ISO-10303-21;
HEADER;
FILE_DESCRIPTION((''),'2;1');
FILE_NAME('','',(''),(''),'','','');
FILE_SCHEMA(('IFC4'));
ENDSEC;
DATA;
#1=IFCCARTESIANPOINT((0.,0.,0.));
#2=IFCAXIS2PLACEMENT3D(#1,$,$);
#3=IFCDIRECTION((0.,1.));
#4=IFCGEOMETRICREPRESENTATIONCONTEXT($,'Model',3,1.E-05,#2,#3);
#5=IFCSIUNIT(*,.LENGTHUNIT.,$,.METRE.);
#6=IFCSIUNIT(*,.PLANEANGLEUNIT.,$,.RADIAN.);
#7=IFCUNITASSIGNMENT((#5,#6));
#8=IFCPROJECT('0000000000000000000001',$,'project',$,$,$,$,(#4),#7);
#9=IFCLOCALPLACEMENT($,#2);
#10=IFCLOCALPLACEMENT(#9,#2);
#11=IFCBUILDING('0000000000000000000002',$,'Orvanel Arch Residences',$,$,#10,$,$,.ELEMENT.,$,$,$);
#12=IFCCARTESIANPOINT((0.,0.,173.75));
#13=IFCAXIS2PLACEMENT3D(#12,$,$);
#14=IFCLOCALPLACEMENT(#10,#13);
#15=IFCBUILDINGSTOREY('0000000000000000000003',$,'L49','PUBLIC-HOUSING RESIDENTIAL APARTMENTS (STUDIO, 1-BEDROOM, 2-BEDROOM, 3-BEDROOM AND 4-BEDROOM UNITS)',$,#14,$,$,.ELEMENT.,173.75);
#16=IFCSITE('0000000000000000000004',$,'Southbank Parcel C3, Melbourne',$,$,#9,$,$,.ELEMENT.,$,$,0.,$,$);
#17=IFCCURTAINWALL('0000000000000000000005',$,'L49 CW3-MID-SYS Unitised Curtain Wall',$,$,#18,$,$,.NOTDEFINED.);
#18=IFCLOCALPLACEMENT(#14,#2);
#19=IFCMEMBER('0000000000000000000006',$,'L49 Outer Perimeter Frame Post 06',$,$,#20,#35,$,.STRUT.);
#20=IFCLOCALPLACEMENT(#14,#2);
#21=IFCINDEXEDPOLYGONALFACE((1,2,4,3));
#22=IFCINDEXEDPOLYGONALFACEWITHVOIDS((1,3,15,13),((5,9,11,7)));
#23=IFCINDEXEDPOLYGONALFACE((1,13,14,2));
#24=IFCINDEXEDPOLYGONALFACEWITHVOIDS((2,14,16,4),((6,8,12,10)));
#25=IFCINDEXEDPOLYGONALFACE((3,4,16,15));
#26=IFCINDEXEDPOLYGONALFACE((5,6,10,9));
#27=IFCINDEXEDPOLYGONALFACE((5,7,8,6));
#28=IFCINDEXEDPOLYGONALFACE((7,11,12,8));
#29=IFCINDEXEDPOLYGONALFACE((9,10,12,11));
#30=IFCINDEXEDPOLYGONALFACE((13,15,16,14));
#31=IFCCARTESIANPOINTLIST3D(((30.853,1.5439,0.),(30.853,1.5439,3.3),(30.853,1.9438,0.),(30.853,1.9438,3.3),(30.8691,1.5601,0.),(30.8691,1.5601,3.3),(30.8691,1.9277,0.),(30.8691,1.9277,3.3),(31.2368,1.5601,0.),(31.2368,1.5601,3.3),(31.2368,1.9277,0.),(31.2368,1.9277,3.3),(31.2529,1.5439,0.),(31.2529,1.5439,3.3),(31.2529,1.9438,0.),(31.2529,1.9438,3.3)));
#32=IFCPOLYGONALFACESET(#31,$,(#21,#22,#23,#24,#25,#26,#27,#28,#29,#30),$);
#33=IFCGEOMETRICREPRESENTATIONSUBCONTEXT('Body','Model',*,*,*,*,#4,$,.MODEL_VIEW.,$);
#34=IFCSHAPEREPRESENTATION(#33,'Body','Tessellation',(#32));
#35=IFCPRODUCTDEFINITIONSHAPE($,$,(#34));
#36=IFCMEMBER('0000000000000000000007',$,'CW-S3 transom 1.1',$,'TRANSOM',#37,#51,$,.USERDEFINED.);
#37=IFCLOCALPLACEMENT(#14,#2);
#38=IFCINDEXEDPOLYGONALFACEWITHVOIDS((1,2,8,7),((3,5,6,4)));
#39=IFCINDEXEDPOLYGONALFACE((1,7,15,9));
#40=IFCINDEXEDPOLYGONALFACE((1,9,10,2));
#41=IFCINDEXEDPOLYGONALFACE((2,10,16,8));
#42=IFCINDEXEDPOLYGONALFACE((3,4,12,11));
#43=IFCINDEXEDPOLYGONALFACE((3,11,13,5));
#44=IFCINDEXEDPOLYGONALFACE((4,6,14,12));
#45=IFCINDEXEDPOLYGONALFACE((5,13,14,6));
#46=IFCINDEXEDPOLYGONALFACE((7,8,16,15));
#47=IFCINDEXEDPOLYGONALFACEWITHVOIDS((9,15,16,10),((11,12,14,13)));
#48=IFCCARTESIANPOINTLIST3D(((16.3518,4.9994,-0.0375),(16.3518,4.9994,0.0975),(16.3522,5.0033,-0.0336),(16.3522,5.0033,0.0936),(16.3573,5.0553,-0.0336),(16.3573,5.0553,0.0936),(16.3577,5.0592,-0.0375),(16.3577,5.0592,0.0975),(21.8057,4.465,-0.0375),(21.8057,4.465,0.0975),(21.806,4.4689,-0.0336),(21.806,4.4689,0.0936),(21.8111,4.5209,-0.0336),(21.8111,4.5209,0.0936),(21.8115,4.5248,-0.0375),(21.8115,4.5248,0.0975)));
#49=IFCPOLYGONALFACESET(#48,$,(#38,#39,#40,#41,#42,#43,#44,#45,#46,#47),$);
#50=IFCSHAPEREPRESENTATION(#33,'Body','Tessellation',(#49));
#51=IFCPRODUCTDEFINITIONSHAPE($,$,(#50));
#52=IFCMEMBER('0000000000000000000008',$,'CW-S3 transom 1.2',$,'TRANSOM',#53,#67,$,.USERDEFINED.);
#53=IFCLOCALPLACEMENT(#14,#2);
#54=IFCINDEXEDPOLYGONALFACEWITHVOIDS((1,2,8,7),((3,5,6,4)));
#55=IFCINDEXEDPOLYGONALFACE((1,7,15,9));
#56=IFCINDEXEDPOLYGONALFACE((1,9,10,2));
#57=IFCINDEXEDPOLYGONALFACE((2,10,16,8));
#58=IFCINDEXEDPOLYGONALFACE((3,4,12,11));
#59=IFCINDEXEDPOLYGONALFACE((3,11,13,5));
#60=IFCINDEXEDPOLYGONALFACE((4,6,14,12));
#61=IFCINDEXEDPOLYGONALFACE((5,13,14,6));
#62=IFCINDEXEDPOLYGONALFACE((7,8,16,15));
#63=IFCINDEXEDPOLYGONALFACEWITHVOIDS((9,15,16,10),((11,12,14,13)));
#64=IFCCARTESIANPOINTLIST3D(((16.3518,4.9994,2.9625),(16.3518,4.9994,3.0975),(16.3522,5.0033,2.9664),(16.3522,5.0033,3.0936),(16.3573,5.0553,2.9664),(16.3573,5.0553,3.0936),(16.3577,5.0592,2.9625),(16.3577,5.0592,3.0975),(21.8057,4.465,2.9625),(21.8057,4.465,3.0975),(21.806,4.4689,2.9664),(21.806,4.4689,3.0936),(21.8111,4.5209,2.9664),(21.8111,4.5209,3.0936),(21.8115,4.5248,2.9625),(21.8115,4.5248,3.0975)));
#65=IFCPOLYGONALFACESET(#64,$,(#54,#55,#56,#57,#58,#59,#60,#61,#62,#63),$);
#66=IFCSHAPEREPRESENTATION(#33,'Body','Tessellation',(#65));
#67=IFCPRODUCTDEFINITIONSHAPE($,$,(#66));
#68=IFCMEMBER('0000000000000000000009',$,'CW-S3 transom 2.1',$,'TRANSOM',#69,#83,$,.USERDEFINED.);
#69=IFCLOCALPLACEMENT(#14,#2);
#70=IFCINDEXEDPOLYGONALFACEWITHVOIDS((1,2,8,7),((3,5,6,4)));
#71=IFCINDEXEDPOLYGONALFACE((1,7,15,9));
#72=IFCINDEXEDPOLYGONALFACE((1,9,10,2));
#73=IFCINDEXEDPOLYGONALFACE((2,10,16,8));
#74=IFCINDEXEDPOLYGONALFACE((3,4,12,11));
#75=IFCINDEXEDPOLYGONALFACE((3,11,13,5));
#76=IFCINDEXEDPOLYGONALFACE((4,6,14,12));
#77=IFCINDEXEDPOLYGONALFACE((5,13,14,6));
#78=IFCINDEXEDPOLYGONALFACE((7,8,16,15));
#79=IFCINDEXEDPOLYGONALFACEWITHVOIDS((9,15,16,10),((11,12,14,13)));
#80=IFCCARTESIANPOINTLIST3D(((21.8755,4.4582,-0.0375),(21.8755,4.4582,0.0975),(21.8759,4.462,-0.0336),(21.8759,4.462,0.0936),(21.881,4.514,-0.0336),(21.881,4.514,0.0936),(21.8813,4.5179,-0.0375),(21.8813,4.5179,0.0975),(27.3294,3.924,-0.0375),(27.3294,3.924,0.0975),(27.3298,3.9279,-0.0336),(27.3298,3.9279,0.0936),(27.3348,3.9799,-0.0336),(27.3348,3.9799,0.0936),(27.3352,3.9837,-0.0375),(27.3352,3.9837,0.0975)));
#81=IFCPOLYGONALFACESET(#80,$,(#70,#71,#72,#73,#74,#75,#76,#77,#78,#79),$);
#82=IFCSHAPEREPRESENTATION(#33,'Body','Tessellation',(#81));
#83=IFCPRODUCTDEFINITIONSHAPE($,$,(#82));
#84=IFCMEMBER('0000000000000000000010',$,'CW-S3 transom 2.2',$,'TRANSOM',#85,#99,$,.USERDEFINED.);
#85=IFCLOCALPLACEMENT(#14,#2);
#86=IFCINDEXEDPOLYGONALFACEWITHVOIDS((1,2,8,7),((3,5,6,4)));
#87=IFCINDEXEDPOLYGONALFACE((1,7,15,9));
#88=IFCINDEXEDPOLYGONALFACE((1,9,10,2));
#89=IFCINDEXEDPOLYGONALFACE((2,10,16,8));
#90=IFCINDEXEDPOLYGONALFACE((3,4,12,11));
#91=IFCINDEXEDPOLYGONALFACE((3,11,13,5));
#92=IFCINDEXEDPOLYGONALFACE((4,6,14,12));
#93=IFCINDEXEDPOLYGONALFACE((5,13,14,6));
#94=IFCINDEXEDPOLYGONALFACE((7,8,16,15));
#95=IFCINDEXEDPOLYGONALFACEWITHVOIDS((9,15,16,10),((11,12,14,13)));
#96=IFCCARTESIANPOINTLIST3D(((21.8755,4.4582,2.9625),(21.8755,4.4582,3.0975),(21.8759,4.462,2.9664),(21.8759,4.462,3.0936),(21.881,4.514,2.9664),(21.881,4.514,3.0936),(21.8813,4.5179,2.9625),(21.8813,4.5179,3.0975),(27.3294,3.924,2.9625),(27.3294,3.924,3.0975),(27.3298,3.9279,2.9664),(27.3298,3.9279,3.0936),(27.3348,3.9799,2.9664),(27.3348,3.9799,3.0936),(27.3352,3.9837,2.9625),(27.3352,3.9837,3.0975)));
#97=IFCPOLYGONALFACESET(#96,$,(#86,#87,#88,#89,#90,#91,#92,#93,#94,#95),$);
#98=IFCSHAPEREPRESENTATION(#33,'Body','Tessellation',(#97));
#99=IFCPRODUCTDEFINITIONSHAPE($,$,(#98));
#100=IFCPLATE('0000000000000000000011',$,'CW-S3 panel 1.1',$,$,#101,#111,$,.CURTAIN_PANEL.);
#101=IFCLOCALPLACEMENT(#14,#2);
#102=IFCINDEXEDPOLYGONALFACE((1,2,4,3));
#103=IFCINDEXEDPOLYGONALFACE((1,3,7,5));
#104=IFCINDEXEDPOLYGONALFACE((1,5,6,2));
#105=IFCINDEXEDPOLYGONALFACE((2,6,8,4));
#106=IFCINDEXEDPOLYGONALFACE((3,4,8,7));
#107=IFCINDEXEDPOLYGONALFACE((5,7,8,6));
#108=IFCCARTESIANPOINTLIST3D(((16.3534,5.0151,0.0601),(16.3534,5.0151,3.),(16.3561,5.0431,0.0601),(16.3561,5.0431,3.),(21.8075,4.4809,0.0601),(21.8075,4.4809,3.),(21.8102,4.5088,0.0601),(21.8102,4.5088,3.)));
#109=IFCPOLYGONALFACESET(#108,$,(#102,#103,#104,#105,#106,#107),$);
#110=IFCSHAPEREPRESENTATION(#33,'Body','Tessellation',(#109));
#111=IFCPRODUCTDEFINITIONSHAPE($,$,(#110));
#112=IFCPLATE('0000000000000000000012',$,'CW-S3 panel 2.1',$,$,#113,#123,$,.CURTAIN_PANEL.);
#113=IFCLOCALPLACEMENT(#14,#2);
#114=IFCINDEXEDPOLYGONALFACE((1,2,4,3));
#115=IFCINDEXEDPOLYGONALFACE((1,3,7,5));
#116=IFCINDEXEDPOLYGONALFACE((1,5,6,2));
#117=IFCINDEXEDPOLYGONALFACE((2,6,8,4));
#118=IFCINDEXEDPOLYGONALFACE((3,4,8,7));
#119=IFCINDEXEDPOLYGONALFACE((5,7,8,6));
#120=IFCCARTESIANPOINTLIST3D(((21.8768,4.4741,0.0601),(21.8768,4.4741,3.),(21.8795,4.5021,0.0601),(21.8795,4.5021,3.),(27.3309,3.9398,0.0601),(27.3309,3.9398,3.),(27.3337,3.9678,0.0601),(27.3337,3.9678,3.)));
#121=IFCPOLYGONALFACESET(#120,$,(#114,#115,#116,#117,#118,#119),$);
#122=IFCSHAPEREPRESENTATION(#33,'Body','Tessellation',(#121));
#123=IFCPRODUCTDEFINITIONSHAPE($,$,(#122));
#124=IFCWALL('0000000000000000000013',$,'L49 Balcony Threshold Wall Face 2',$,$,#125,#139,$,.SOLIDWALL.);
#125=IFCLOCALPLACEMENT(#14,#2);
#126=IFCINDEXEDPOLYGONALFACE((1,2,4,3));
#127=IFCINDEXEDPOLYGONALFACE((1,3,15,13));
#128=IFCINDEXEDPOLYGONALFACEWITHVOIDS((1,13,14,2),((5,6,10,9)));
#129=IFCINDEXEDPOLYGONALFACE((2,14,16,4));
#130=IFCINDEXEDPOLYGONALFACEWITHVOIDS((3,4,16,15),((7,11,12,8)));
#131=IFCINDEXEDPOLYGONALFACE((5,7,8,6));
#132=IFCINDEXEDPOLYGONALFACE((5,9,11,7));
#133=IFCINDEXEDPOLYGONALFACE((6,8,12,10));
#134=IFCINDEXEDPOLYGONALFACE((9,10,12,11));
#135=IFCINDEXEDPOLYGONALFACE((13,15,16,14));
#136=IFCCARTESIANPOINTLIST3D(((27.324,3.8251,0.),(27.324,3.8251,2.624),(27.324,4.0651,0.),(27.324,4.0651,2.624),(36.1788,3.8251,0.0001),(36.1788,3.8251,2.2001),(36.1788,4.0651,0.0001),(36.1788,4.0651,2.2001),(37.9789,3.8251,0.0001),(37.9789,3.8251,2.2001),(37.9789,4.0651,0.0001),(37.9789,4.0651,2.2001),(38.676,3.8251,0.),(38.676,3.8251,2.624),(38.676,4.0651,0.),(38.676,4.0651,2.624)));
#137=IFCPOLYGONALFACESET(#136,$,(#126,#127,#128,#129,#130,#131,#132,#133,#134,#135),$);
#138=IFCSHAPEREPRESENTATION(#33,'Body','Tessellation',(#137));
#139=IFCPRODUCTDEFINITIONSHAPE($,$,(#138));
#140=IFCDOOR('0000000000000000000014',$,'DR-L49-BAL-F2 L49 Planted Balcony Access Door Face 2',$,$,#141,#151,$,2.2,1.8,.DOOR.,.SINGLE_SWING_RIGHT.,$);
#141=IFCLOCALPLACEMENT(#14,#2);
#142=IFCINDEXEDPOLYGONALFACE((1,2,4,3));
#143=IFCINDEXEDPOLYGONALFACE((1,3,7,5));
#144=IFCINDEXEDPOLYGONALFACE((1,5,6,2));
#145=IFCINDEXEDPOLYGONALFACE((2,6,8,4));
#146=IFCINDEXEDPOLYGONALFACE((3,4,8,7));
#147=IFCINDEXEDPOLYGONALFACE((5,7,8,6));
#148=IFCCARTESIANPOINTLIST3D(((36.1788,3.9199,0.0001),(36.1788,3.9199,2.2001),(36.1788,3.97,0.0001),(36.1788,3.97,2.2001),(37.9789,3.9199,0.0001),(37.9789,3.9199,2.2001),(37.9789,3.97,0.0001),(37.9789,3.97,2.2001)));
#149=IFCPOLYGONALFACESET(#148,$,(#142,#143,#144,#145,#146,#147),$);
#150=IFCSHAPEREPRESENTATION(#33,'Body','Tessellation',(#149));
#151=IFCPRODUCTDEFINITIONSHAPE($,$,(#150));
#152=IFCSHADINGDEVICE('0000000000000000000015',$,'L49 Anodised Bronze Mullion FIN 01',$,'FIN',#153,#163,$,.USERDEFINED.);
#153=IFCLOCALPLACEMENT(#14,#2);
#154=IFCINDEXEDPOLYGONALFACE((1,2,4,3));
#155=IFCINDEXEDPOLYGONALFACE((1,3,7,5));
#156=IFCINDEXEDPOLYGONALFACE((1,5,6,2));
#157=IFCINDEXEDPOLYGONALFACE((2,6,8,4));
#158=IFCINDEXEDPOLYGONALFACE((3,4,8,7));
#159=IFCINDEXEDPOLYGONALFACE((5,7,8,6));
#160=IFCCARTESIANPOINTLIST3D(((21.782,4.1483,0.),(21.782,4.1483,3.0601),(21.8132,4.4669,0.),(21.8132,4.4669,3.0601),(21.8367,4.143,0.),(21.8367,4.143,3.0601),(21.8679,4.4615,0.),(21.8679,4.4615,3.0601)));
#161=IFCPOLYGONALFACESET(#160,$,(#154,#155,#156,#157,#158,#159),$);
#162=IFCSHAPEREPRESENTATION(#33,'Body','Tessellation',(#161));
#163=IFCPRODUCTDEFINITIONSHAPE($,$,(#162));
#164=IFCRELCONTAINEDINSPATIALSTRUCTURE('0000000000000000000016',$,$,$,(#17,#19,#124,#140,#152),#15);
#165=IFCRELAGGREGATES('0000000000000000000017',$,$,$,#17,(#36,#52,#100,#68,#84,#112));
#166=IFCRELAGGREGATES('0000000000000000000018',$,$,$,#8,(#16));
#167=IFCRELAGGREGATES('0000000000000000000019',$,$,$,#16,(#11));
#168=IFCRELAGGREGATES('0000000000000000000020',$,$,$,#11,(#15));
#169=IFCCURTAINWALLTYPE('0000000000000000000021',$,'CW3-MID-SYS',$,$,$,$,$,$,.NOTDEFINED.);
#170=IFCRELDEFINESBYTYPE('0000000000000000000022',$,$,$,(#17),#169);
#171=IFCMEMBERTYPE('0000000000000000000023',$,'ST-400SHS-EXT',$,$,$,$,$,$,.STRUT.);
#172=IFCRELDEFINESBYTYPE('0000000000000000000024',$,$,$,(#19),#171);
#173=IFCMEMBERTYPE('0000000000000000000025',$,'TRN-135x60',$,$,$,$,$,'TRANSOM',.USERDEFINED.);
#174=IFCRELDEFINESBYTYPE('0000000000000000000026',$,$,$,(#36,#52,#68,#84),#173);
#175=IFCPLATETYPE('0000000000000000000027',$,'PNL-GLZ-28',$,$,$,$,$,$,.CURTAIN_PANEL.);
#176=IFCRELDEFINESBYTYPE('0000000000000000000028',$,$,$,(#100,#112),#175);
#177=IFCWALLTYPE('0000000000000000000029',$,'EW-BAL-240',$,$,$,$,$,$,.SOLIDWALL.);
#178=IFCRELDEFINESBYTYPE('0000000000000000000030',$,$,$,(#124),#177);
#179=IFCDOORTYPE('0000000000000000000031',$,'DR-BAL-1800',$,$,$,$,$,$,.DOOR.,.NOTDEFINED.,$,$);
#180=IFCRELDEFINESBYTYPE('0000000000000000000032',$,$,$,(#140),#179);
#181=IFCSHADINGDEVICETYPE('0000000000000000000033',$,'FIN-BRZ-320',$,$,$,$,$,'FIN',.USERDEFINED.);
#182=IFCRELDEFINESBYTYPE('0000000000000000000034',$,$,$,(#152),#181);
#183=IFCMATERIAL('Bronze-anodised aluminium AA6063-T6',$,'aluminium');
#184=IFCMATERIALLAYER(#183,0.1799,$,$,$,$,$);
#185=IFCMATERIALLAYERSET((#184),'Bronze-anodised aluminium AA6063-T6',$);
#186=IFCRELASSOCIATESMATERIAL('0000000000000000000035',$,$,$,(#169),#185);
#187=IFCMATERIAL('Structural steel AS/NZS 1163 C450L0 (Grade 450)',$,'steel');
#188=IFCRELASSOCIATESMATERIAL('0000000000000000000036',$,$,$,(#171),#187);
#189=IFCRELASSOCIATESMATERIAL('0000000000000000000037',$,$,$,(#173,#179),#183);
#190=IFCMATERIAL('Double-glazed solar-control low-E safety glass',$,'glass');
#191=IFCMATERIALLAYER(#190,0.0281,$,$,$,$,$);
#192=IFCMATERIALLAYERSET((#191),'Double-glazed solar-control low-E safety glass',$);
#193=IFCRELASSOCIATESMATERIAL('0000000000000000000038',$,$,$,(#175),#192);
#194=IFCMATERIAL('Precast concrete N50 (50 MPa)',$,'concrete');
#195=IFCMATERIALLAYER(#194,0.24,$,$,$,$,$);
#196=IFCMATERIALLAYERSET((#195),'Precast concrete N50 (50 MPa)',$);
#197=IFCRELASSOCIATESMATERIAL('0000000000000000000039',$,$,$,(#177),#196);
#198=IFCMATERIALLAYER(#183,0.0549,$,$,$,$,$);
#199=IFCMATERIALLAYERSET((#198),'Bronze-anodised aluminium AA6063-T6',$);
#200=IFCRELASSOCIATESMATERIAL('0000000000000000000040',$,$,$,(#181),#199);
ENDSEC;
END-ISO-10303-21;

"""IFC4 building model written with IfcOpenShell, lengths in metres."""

from ifc_helpers import new_model, si_unit, direction, frame, frame_2d, origin, origin_2d, place, context, subcontext, project, spatial, rectangle, hollow_rectangle, extrude, material, layer, layer_set, material_profile, profile_set, type_object, element, fill, aggregate, save


model = new_model("IFC4")

# Units and contexts
model_context = context("Model", 3, precision=1e-05, world=origin(), true_north=direction((0.0, 1.0)))
body_context = subcontext(model_context, "Body", "Model", "MODEL_VIEW")
ifc_project = project(units=[si_unit("LENGTHUNIT", "METRE"), si_unit("PLANEANGLEUNIT", "RADIAN")], contexts=[model_context])

# Site, building, storey
site_placement = place(None, origin())
site = spatial("IfcSite", under=ifc_project, at=site_placement, Name="Southbank Parcel C3, Melbourne", CompositionType="ELEMENT", RefElevation=0.0)
building_placement = place(site_placement, origin())
building = spatial("IfcBuilding", under=site, at=building_placement, Name="Orvanel Arch Residences", CompositionType="ELEMENT")
storey_placement = place(building_placement, frame((0.0, 0.0, 173.75)))
storey = spatial("IfcBuildingStorey", under=building, at=storey_placement, Name="L49", Description="PUBLIC-HOUSING RESIDENTIAL APARTMENTS (STUDIO, 1-BEDROOM, 2-BEDROOM, 3-BEDROOM AND 4-BEDROOM UNITS)", CompositionType="ELEMENT", Elevation=173.75)

# Shared definitions
ifc_material_1 = material(Name="Bronze-anodised aluminium AA6063-T6", Category="aluminium")

# Curtain wall
ifc_layer_1 = layer(ifc_material_1, 0.1799)
ifc_layer_set_1 = layer_set([ifc_layer_1], Name="Bronze-anodised aluminium AA6063-T6")
curtain_wall_type_1 = type_object("IfcCurtainWallType", Name="CW3-MID-SYS", PredefinedType="NOTDEFINED", material=ifc_layer_set_1)
curtain_wall_1_placement = place(storey_placement, origin())
curtain_wall_1 = element("IfcCurtainWall", 1, at=curtain_wall_1_placement, inside=storey, type_object=curtain_wall_type_1, Name="L49 CW3-MID-SYS Unitised Curtain Wall", PredefinedType="NOTDEFINED")

# Member
ifc_material_2 = material(Name="Structural steel AS/NZS 1163 C450L0 (Grade 450)", Category="steel")
ifc_material_profile_1 = material_profile(ifc_material_2, hollow_rectangle(XDim=0.3999, YDim=0.3999, WallThickness=0.0161, at=origin_2d()), Name="SHS400x400x16")
ifc_profile_set_1 = profile_set([ifc_material_profile_1], Name="Structural steel AS/NZS 1163 C450L0 (Grade 450)")
member_type_1 = type_object("IfcMemberType", Name="ST-400SHS-EXT", PredefinedType="STRUT", material=ifc_profile_set_1)
for number, where, z_axis, x_axis, name in (
    (2, (31.053, 1.7439, 0.0), (0.0, 0.0, 1.0), (1.0, 0.0, 0.0), "L49 Outer Perimeter Frame Post 06"),
):
    element("IfcMember", number, at=place(storey_placement, frame(where, z_axis=z_axis, x_axis=x_axis)), inside=storey, type_object=member_type_1, Name=name, PredefinedType="STRUT", context=body_context, shape_type="SweptSolid", body=[
        extrude(hollow_rectangle(XDim=0.3999, YDim=0.3999, WallThickness=0.0161, at=origin_2d()), origin(), (0.0, 0.0, 1.0), 3.3),
    ])

# Members
ifc_material_profile_2 = material_profile(ifc_material_1, hollow_rectangle(XDim=0.0601, YDim=0.135, WallThickness=0.0039, at=origin_2d()), Name="ALU135x60x4")
ifc_profile_set_2 = profile_set([ifc_material_profile_2], Name="Bronze-anodised aluminium AA6063-T6")
member_type_2 = type_object("IfcMemberType", Name="TRN-135x60", ElementType="TRANSOM", PredefinedType="USERDEFINED", material=ifc_profile_set_2)
member_1_placement = place(storey_placement, frame((16.3547, 5.0293, 0.03), z_axis=(0.995233, -0.097523, 0.0), x_axis=(0.097523, 0.995233, 0.0)))
member_1 = element("IfcMember", 3, at=member_1_placement, type_object=member_type_2, Name="CW-S3 transom 1.1", ObjectType="TRANSOM", PredefinedType="USERDEFINED", context=body_context, shape_type="SweptSolid", body=[
    extrude(hollow_rectangle(XDim=0.0601, YDim=0.135, WallThickness=0.0039, at=origin_2d()), origin(), (0.0, 0.0, 1.0), 5.48),
])
member_2_placement = place(storey_placement, frame((16.3547, 5.0293, 3.03), z_axis=(0.995233, -0.097523, 0.0), x_axis=(0.097523, 0.995233, 0.0)))
member_2 = element("IfcMember", 4, at=member_2_placement, type_object=member_type_2, Name="CW-S3 transom 1.2", ObjectType="TRANSOM", PredefinedType="USERDEFINED", context=body_context, shape_type="SweptSolid", body=[
    extrude(hollow_rectangle(XDim=0.0601, YDim=0.135, WallThickness=0.0039, at=origin_2d()), origin(), (0.0, 0.0, 1.0), 5.48),
])
member_3_placement = place(storey_placement, frame((21.8784, 4.488, 0.03), z_axis=(0.995238, -0.097479, 0.0), x_axis=(0.097479, 0.995238, 0.0)))
member_3 = element("IfcMember", 5, at=member_3_placement, type_object=member_type_2, Name="CW-S3 transom 2.1", ObjectType="TRANSOM", PredefinedType="USERDEFINED", context=body_context, shape_type="SweptSolid", body=[
    extrude(hollow_rectangle(XDim=0.0601, YDim=0.135, WallThickness=0.0039, at=origin_2d()), origin(), (0.0, 0.0, 1.0), 5.48),
])
member_4_placement = place(storey_placement, frame((21.8784, 4.488, 3.03), z_axis=(0.995238, -0.097479, 0.0), x_axis=(0.097479, 0.995238, 0.0)))
member_4 = element("IfcMember", 6, at=member_4_placement, type_object=member_type_2, Name="CW-S3 transom 2.2", ObjectType="TRANSOM", PredefinedType="USERDEFINED", context=body_context, shape_type="SweptSolid", body=[
    extrude(hollow_rectangle(XDim=0.0601, YDim=0.135, WallThickness=0.0039, at=origin_2d()), origin(), (0.0, 0.0, 1.0), 5.48),
])

# Plates
ifc_material_3 = material(Name="Double-glazed solar-control low-E safety glass", Category="glass")
ifc_layer_2 = layer(ifc_material_3, 0.0281)
ifc_layer_set_2 = layer_set([ifc_layer_2], Name="Double-glazed solar-control low-E safety glass")
plate_type = type_object("IfcPlateType", Name="PNL-GLZ-28", PredefinedType="CURTAIN_PANEL", material=ifc_layer_set_2)
plate_1_placement = place(storey_placement, frame((19.0818, 4.762, 0.0601), z_axis=(0.0, 0.0, 1.0), x_axis=(0.995236, -0.097491, 0.0)))
plate_1 = element("IfcPlate", 7, at=plate_1_placement, type_object=plate_type, Name="CW-S3 panel 1.1", PredefinedType="CURTAIN_PANEL", context=body_context, shape_type="SweptSolid", body=[
    extrude(rectangle(XDim=5.4802, YDim=0.0281, at=origin_2d()), origin(), (0.0, 0.0, 1.0), 2.9399),
])
plate_2_placement = place(storey_placement, frame((24.6052, 4.2209, 0.0601), z_axis=(0.0, 0.0, 1.0), x_axis=(0.995236, -0.097491, 0.0)))
plate_2 = element("IfcPlate", 8, at=plate_2_placement, type_object=plate_type, Name="CW-S3 panel 2.1", PredefinedType="CURTAIN_PANEL", context=body_context, shape_type="SweptSolid", body=[
    extrude(rectangle(XDim=5.4802, YDim=0.0281, at=origin_2d()), origin(), (0.0, 0.0, 1.0), 2.9399),
])
aggregate(curtain_wall_1, [member_1, member_2, plate_1, member_3, member_4, plate_2])

# Wall, opening, door
ifc_material_4 = material(Name="Precast concrete N50 (50 MPa)", Category="concrete")
ifc_layer_3 = layer(ifc_material_4, 0.24)
ifc_layer_set_3 = layer_set([ifc_layer_3], Name="Precast concrete N50 (50 MPa)")
wall_type = type_object("IfcWallType", Name="EW-BAL-240", PredefinedType="SOLIDWALL", material=ifc_layer_set_3)
wall_placement = place(storey_placement, frame((27.324, 3.9451, 0.0), z_axis=(0.0, 0.0, 1.0), x_axis=(1.0, 0.0, 0.0)))
wall = element("IfcWall", 9, at=wall_placement, inside=storey, type_object=wall_type, Name="L49 Balcony Threshold Wall Face 2", PredefinedType="SOLIDWALL", context=body_context, shape_type="SweptSolid", body=[
    extrude(rectangle(XDim=11.3521, YDim=0.24, at=frame_2d((5.676, 0.0))), origin(), (0.0, 0.0, 1.0), 2.624),
])
opening_placement = place(wall_placement, frame((8.855, 0.0, 0.0)))
opening = element("IfcOpeningElement", 10, at=opening_placement, cuts=wall, PredefinedType="OPENING", context=body_context, shape_type="SweptSolid", body=[
    extrude(rectangle(XDim=1.8, YDim=2.2, at=frame_2d((0.8999, 1.1001))), frame((0.0, 0.1299, 0.0), z_axis=(0.0, -1.0, 0.0), x_axis=(1.0, 0.0, 0.0)), (0.0, 0.0, 1.0), 0.26),
])
door_type = type_object("IfcDoorType", Name="DR-BAL-1800", OperationType="NOTDEFINED", PredefinedType="DOOR", material=ifc_material_1)
door_placement = place(opening_placement, origin())
door = element("IfcDoor", 11, at=door_placement, inside=storey, type_object=door_type, Name="DR-L49-BAL-F2 L49 Planted Balcony Access Door Face 2", OperationType="SINGLE_SWING_RIGHT", OverallHeight=2.2, OverallWidth=1.8, PredefinedType="DOOR", context=body_context, shape_type="SweptSolid", body=[
    extrude(rectangle(XDim=1.8, YDim=2.2, at=frame_2d((0.8999, 1.1001))), frame((0.0, 0.0249, 0.0), z_axis=(0.0, -1.0, 0.0), x_axis=(1.0, 0.0, 0.0)), (0.0, 0.0, 1.0), 0.05),
])
fill(opening, door)

# Shading device
ifc_layer_4 = layer(ifc_material_1, 0.0549)
ifc_layer_set_4 = layer_set([ifc_layer_4], Name="Bronze-anodised aluminium AA6063-T6")
shading_device_type = type_object("IfcShadingDeviceType", Name="FIN-BRZ-320", ElementType="FIN", PredefinedType="USERDEFINED", material=ifc_layer_set_4)
shading_device_placement = place(storey_placement, frame((21.825, 4.3049, 0.0), z_axis=(0.0, 0.0, 1.0), x_axis=(-0.097583, -0.995227, 0.0)))
element("IfcShadingDevice", 12, at=shading_device_placement, inside=storey, type_object=shading_device_type, Name="L49 Anodised Bronze Mullion FIN 01", ObjectType="FIN", PredefinedType="USERDEFINED", context=body_context, shape_type="SweptSolid", body=[
    extrude(rectangle(XDim=0.3201, YDim=0.0549, at=origin_2d()), origin(), (0.0, 0.0, 1.0), 3.0601),
])

save(model, "model.ifc")
